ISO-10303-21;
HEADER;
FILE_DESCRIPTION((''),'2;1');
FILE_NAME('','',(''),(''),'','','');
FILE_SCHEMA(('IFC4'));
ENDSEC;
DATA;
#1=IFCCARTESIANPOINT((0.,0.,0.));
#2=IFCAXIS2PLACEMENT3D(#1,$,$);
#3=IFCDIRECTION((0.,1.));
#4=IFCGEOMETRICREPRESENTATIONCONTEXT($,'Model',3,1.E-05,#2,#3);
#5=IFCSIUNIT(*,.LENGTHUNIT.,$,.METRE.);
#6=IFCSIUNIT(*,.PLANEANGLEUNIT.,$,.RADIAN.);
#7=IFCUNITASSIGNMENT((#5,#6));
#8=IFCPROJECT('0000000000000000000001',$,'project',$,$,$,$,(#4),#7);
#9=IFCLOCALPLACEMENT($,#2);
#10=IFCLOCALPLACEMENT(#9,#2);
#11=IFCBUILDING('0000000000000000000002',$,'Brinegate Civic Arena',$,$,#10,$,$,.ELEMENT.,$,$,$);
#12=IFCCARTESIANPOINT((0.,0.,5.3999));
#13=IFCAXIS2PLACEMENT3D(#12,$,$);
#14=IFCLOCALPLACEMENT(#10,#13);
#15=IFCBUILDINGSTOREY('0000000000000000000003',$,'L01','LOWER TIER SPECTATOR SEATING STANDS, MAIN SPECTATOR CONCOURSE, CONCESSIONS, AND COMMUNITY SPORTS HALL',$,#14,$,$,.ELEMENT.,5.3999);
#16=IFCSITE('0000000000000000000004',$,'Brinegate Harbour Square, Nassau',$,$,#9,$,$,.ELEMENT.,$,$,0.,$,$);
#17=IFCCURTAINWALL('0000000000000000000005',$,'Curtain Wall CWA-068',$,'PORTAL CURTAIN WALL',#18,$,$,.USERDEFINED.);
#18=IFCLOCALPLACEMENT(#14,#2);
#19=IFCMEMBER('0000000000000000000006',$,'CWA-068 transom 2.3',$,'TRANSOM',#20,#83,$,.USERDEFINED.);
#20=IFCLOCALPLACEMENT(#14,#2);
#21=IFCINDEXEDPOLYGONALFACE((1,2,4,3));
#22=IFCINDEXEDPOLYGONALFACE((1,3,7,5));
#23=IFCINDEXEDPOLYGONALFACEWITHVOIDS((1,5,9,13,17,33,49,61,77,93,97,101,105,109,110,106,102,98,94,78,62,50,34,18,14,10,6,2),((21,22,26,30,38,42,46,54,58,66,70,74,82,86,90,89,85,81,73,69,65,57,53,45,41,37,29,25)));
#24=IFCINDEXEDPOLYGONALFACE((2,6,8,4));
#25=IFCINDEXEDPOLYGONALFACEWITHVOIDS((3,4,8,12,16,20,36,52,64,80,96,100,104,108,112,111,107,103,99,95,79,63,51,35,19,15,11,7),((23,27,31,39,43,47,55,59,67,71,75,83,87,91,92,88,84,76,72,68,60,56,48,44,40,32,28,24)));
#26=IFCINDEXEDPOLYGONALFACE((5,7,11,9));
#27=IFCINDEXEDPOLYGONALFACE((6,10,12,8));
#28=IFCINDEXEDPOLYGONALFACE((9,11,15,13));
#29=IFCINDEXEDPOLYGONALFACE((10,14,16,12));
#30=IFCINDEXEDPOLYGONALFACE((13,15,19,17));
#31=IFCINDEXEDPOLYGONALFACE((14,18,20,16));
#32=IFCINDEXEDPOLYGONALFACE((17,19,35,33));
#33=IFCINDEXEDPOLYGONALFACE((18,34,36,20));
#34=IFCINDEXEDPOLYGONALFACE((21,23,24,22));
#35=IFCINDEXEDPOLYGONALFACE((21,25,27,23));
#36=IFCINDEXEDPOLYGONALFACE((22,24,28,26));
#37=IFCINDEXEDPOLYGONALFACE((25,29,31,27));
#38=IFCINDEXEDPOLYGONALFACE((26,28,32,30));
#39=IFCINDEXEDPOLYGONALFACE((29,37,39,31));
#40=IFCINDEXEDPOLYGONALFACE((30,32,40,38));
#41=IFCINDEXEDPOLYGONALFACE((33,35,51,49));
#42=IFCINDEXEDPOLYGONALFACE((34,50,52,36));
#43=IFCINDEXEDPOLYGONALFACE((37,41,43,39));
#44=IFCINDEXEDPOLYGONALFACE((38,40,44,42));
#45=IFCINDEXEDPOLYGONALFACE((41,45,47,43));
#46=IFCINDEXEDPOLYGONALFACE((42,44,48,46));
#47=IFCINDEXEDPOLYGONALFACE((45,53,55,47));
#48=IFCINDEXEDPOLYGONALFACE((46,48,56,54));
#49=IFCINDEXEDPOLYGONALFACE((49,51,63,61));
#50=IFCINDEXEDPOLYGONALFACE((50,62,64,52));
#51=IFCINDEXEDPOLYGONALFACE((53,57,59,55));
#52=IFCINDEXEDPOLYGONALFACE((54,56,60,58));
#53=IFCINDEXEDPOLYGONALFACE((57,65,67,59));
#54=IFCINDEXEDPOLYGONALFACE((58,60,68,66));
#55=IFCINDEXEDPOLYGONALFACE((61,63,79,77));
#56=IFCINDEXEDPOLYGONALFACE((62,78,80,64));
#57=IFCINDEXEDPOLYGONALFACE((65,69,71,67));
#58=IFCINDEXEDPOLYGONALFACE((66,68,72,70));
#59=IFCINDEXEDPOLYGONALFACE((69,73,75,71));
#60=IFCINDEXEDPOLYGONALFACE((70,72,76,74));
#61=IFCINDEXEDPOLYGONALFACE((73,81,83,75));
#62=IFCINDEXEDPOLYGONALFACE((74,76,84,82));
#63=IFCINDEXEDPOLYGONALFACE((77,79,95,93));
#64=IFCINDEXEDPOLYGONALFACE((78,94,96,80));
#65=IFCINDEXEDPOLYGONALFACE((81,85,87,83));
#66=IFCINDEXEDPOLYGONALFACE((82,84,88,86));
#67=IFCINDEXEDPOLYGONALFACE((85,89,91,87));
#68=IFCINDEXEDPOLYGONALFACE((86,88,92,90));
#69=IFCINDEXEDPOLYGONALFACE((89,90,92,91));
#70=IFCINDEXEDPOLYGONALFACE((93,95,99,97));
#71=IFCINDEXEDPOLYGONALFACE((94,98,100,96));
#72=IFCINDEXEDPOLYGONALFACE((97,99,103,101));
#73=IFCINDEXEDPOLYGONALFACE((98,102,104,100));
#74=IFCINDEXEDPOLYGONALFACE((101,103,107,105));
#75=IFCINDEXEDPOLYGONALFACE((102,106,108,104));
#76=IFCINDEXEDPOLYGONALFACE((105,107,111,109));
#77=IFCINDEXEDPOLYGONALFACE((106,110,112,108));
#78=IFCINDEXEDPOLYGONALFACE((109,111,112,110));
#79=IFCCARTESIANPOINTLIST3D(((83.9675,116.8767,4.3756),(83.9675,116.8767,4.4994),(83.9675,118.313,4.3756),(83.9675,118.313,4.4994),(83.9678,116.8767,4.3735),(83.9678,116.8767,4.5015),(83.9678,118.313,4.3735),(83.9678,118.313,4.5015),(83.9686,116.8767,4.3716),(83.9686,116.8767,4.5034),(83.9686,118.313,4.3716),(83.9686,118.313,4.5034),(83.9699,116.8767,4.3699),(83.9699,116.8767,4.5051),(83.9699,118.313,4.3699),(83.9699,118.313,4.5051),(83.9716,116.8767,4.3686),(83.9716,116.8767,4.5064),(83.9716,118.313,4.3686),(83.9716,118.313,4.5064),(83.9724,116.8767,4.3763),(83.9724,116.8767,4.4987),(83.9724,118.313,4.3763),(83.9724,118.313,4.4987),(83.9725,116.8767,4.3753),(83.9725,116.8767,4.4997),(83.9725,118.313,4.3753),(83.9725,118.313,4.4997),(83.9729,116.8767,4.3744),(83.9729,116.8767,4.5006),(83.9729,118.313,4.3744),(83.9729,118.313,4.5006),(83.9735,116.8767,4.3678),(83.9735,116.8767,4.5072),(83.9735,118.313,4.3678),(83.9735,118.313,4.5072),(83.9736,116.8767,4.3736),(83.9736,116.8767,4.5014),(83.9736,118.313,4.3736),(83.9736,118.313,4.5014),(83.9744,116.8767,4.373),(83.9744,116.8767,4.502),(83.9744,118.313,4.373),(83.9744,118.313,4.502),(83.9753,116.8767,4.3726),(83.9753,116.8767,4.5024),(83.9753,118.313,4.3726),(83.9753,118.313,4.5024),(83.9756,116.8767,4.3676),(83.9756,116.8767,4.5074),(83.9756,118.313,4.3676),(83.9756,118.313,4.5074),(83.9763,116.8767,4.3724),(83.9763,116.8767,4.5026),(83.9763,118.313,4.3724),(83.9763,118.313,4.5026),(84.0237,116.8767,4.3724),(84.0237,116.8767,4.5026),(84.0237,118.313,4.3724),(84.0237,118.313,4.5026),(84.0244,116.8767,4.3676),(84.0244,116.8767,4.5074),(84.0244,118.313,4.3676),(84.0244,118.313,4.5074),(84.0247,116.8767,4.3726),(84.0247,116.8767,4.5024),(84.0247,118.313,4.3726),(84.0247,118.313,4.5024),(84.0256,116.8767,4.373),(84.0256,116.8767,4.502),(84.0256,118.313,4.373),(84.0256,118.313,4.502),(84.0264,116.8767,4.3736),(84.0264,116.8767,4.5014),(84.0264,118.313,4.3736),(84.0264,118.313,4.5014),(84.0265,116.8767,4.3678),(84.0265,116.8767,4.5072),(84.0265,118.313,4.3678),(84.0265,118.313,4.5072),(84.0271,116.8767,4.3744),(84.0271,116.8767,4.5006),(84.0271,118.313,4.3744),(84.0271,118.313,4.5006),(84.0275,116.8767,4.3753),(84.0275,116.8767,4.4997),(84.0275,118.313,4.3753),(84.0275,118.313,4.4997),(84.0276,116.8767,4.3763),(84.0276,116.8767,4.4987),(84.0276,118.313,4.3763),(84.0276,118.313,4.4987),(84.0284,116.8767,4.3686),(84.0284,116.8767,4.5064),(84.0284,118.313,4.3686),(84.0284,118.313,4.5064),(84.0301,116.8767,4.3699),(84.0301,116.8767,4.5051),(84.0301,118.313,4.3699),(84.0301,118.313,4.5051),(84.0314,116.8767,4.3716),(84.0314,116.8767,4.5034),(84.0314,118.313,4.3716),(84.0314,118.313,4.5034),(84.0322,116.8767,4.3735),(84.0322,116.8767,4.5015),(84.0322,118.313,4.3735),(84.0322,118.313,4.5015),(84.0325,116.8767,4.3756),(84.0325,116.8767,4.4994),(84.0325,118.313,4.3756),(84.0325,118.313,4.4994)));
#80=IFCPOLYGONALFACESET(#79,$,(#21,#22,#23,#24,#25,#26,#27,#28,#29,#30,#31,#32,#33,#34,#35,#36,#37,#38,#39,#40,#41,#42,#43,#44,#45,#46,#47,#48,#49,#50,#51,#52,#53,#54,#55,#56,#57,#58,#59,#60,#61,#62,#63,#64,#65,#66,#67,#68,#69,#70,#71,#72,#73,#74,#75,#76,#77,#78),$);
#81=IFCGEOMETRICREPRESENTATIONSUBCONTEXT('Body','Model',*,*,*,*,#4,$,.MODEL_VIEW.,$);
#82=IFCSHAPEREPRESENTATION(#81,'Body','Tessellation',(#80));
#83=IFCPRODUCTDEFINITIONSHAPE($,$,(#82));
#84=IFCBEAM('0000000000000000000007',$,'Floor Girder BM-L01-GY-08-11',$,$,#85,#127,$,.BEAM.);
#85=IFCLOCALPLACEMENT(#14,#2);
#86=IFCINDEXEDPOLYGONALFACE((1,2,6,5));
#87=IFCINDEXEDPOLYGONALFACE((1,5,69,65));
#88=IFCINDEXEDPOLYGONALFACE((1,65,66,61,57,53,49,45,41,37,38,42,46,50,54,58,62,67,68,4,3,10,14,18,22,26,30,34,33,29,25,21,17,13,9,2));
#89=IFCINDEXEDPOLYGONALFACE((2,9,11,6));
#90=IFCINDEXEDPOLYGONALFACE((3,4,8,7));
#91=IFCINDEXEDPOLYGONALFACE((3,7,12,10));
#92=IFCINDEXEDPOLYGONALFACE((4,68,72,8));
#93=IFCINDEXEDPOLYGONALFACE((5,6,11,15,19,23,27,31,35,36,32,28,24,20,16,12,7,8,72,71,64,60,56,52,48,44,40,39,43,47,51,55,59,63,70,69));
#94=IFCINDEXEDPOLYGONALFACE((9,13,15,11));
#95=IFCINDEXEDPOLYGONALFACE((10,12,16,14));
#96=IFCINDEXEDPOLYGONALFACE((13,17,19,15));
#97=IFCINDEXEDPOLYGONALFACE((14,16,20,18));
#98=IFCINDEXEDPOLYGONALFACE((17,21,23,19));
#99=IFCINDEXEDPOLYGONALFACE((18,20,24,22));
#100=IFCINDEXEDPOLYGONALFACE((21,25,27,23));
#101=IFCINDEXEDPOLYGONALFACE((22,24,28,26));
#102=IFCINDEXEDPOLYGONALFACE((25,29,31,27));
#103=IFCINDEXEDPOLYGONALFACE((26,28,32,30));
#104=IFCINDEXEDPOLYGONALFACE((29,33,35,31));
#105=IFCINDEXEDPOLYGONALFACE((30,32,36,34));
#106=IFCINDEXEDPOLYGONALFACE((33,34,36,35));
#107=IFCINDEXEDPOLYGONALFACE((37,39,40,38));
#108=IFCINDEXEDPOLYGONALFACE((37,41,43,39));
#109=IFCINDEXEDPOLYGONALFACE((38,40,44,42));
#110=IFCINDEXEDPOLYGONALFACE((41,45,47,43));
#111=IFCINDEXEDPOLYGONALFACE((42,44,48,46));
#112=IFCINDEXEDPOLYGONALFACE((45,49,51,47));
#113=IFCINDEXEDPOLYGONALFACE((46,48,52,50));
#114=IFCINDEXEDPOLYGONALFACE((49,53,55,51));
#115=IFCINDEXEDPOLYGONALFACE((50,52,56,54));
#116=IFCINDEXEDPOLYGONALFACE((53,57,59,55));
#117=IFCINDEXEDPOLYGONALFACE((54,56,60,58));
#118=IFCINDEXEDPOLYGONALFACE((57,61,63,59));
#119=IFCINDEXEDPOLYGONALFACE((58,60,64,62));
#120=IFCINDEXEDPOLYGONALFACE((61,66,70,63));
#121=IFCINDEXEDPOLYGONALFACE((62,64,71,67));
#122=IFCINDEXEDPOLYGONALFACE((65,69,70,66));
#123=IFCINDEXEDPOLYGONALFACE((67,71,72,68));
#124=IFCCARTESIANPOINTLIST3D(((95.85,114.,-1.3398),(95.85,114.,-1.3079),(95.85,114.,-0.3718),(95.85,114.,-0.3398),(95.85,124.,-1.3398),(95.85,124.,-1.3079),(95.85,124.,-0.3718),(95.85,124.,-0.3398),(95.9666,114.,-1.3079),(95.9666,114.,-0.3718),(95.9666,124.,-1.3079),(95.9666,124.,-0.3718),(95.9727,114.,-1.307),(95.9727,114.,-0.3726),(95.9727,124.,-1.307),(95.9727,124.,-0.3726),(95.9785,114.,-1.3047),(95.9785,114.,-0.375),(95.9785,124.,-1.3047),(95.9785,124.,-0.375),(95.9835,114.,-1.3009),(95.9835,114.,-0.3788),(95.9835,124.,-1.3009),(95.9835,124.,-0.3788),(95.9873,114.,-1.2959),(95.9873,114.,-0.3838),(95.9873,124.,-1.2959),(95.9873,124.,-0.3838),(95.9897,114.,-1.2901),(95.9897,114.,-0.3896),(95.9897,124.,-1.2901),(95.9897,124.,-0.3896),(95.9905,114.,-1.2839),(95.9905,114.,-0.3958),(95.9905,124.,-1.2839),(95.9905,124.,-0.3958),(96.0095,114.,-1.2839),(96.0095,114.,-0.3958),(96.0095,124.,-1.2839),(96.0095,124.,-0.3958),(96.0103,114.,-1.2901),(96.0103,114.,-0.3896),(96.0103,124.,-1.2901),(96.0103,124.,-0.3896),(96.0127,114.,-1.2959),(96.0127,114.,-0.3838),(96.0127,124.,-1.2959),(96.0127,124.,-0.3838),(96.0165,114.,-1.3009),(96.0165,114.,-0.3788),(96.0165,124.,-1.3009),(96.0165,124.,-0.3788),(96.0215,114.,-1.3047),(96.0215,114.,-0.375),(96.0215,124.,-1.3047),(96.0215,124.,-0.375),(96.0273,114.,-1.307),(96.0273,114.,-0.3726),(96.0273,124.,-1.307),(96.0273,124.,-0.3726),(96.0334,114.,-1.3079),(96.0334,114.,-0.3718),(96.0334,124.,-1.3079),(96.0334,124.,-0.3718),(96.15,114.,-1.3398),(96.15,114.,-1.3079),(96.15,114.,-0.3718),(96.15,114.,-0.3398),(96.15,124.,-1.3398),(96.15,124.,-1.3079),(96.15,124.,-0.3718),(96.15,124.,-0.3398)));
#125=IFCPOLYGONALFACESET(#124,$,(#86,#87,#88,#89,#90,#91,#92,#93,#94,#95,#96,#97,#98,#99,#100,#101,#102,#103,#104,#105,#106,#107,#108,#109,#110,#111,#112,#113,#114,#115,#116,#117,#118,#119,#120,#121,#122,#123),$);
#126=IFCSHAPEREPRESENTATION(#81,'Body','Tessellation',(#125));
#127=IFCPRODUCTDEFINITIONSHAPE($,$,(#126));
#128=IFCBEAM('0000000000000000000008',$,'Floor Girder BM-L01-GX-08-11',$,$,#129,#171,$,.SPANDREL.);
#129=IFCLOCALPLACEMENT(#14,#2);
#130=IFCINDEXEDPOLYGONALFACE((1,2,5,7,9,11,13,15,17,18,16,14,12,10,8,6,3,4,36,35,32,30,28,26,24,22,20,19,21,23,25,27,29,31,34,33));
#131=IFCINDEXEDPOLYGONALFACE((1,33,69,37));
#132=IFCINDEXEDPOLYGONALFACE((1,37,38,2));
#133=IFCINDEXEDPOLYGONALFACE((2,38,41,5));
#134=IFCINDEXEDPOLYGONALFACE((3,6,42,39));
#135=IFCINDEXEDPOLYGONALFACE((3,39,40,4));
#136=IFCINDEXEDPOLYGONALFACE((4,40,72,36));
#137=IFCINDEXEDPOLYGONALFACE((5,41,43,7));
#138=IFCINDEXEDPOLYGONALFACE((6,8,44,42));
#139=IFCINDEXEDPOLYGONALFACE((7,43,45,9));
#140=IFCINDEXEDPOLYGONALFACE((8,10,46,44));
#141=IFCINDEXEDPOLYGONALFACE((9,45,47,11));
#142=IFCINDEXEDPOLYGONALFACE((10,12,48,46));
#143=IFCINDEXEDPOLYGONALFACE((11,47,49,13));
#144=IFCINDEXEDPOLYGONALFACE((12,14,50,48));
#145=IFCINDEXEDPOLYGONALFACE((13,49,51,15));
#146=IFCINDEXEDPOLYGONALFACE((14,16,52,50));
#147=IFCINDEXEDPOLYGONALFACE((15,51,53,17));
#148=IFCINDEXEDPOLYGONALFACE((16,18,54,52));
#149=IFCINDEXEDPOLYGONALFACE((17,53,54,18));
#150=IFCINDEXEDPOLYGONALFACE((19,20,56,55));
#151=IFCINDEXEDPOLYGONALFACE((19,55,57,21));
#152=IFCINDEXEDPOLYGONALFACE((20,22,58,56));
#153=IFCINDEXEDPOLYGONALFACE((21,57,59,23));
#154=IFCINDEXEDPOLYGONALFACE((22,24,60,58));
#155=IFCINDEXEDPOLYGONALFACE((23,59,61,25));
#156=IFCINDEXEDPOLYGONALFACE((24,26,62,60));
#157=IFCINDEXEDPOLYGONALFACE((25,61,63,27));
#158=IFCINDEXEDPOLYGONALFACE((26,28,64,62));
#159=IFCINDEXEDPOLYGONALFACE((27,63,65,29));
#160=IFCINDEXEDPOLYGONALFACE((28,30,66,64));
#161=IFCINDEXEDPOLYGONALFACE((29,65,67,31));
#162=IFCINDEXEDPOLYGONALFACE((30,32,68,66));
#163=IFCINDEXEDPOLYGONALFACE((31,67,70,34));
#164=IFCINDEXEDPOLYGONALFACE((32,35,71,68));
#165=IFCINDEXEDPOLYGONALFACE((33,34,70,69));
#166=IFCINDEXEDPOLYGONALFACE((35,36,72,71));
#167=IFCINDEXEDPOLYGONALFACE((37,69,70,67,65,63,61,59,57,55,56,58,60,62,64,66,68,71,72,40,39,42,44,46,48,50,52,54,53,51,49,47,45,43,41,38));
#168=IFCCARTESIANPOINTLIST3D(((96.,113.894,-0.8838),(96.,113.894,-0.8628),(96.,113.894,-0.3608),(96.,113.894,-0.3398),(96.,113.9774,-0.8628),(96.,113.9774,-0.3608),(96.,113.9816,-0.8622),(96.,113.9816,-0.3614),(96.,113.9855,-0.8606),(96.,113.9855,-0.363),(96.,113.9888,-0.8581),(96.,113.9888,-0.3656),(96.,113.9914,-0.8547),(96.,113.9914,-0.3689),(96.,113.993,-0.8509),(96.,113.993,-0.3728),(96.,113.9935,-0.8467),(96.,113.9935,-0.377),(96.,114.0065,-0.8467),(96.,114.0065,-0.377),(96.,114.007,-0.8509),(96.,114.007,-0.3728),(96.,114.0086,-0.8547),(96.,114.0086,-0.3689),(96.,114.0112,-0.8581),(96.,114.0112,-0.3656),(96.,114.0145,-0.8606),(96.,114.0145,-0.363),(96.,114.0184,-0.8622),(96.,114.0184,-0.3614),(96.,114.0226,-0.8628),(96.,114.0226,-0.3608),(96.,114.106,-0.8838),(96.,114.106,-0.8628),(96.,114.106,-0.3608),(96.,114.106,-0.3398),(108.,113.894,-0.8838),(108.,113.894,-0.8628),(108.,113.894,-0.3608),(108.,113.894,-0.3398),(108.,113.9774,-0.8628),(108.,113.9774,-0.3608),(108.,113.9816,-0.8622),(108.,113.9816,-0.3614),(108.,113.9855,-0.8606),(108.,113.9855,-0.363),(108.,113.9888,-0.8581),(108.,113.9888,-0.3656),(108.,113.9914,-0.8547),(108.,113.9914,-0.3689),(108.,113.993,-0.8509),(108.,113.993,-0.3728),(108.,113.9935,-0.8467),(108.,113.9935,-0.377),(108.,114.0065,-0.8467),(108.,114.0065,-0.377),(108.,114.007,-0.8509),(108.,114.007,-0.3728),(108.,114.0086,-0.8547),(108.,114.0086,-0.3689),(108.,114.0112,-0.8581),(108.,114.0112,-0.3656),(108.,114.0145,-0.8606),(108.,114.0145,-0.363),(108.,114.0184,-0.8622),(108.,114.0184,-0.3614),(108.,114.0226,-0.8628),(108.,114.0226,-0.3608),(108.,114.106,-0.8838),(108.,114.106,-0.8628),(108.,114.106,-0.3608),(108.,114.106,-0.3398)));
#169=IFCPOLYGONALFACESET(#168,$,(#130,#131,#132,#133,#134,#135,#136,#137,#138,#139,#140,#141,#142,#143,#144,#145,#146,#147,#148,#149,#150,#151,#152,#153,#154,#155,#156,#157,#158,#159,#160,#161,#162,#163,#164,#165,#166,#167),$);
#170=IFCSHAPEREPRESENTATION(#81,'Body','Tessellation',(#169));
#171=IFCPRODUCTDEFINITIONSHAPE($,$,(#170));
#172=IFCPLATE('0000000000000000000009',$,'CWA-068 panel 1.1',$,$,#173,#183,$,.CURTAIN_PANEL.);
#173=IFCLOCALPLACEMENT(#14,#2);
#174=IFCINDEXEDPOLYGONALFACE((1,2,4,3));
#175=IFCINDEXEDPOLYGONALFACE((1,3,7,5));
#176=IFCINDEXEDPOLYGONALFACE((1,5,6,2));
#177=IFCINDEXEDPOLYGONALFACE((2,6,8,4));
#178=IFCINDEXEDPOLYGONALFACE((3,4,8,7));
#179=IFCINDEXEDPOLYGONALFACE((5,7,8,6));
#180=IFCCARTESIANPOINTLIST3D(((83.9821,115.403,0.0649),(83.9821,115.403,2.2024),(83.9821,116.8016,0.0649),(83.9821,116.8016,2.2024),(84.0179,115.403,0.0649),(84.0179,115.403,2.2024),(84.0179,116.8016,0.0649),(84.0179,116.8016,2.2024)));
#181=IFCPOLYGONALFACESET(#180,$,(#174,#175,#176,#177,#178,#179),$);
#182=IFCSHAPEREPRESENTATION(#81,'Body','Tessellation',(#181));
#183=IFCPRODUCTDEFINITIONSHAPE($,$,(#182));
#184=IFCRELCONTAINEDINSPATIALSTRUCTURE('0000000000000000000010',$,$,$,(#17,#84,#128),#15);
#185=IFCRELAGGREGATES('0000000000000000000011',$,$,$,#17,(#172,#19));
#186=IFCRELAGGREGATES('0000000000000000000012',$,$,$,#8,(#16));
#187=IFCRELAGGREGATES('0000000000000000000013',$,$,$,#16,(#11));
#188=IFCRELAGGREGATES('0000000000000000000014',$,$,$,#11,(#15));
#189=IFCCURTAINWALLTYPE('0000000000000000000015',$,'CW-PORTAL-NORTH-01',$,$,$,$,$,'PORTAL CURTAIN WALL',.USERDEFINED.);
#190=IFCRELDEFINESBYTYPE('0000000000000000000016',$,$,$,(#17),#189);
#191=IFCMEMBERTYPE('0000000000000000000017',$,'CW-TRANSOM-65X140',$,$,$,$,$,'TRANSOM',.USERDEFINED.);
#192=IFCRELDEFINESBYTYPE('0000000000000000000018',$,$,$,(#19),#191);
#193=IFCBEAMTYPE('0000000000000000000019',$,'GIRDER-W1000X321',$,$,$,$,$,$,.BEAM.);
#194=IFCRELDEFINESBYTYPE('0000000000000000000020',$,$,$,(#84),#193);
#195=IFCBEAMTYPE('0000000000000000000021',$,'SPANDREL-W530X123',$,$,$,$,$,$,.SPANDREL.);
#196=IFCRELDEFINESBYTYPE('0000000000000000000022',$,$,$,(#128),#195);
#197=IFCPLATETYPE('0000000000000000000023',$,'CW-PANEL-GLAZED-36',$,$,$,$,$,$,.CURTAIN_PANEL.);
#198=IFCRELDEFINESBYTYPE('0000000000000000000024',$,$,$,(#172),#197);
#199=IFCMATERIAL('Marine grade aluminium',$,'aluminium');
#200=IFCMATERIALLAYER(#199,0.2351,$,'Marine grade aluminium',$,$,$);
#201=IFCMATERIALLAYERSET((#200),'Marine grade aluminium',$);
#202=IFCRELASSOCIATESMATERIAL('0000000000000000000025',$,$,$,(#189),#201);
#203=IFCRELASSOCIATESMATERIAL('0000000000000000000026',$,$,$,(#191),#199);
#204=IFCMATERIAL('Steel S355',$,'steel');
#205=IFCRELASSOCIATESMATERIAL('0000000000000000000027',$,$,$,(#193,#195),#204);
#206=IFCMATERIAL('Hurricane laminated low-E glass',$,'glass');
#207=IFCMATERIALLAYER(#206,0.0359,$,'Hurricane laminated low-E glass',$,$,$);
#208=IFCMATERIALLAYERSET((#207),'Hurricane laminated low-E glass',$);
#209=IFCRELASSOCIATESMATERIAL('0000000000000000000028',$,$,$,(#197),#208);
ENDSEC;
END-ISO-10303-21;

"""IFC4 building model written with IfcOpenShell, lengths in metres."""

from ifc_helpers import new_model, si_unit, direction, frame, origin, origin_2d, place, context, subcontext, project, spatial, rectangle, hollow_rectangle, i_section, extrude, material, layer, layer_set, material_profile, profile_set, type_object, element, aggregate, save


model = new_model("IFC4")

# Units and contexts
model_context = context("Model", 3, precision=1e-05, world=origin(), true_north=direction((0.0, 1.0)))
body_context = subcontext(model_context, "Body", "Model", "MODEL_VIEW")
ifc_project = project(units=[si_unit("LENGTHUNIT", "METRE"), si_unit("PLANEANGLEUNIT", "RADIAN")], contexts=[model_context])

# Site, building, storey
site_placement = place(None, origin())
site = spatial("IfcSite", under=ifc_project, at=site_placement, Name="Brinegate Harbour Square, Nassau", CompositionType="ELEMENT", RefElevation=0.0)
building_placement = place(site_placement, origin())
building = spatial("IfcBuilding", under=site, at=building_placement, Name="Brinegate Civic Arena", CompositionType="ELEMENT")
storey_placement = place(building_placement, frame((0.0, 0.0, 5.3999)))
storey = spatial("IfcBuildingStorey", under=building, at=storey_placement, Name="L01", Description="LOWER TIER SPECTATOR SEATING STANDS, MAIN SPECTATOR CONCOURSE, CONCESSIONS, AND COMMUNITY SPORTS HALL", CompositionType="ELEMENT", Elevation=5.3999)

# Curtain wall, member
ifc_material_1 = material(Name="Marine grade aluminium", Category="aluminium")
ifc_layer_1 = layer(ifc_material_1, 0.2351, Name="Marine grade aluminium")
ifc_layer_set_1 = layer_set([ifc_layer_1], Name="Marine grade aluminium")
curtain_wall_type = type_object("IfcCurtainWallType", Name="CW-PORTAL-NORTH-01", ElementType="PORTAL CURTAIN WALL", PredefinedType="USERDEFINED", material=ifc_layer_set_1)
curtain_wall_placement = place(storey_placement, origin())
curtain_wall = element("IfcCurtainWall", 1, at=curtain_wall_placement, inside=storey, type_object=curtain_wall_type, Name="Curtain Wall CWA-068", ObjectType="PORTAL CURTAIN WALL", PredefinedType="USERDEFINED")
ifc_material_profile_1 = material_profile(ifc_material_1, hollow_rectangle(XDim=0.0649, YDim=0.1399, WallThickness=0.0049, InnerFilletRadius=0.0039, OuterFilletRadius=0.0081, at=origin_2d()), Name="TRN65X140")
ifc_profile_set_1 = profile_set([ifc_material_profile_1], Name="Marine grade aluminium")
member_type_1 = type_object("IfcMemberType", Name="CW-TRANSOM-65X140", ElementType="TRANSOM", PredefinedType="USERDEFINED", material=ifc_profile_set_1)
member_1_placement = place(storey_placement, frame((84.0, 116.8767, 4.4375), z_axis=(0.0, 1.0, 0.0), x_axis=(-1.0, 0.0, 0.0)))
member_1 = element("IfcMember", 2, at=member_1_placement, type_object=member_type_1, Name="CWA-068 transom 2.3", ObjectType="TRANSOM", PredefinedType="USERDEFINED", context=body_context, shape_type="SweptSolid", body=[
    extrude(hollow_rectangle(XDim=0.0649, YDim=0.1399, WallThickness=0.0049, InnerFilletRadius=0.0039, OuterFilletRadius=0.0081, at=origin_2d()), origin(), (0.0, 0.0, 1.0), 1.4363),
])

# Beams
ifc_material_2 = material(Name="Steel S355", Category="steel")
ifc_material_profile_2 = material_profile(ifc_material_2, i_section(OverallWidth=0.3, OverallDepth=1.0, WebThickness=0.019, FlangeThickness=0.032, FilletRadius=0.0239, at=origin_2d()), Name="W1000X321")
ifc_profile_set_2 = profile_set([ifc_material_profile_2], Name="Steel S355")
beam_type_1 = type_object("IfcBeamType", Name="GIRDER-W1000X321", PredefinedType="BEAM", material=ifc_profile_set_2)
beam_1_placement = place(storey_placement, frame((96.0, 114.0, -0.8398), z_axis=(0.0, 1.0, 0.0), x_axis=(-1.0, 0.0, 0.0)))
element("IfcBeam", 3, at=beam_1_placement, inside=storey, type_object=beam_type_1, Name="Floor Girder BM-L01-GY-08-11", PredefinedType="BEAM", context=body_context, shape_type="SweptSolid", body=[
    extrude(i_section(OverallWidth=0.3, OverallDepth=1.0, WebThickness=0.019, FlangeThickness=0.032, FilletRadius=0.0239, at=origin_2d()), origin(), (0.0, 0.0, 1.0), 10.0),
])
ifc_material_profile_3 = material_profile(ifc_material_2, i_section(OverallWidth=0.2119, OverallDepth=0.5439, WebThickness=0.0129, FlangeThickness=0.021, FilletRadius=0.0161, at=origin_2d()), Name="W530X123")
ifc_profile_set_3 = profile_set([ifc_material_profile_3], Name="Steel S355")
beam_type_2 = type_object("IfcBeamType", Name="SPANDREL-W530X123", PredefinedType="SPANDREL", material=ifc_profile_set_3)
beam_2_placement = place(storey_placement, frame((96.0, 114.0, -0.6118), z_axis=(1.0, 0.0, 0.0), x_axis=(0.0, 1.0, 0.0)))
element("IfcBeam", 4, at=beam_2_placement, inside=storey, type_object=beam_type_2, Name="Floor Girder BM-L01-GX-08-11", PredefinedType="SPANDREL", context=body_context, shape_type="SweptSolid", body=[
    extrude(i_section(OverallWidth=0.2119, OverallDepth=0.5439, WebThickness=0.0129, FlangeThickness=0.021, FilletRadius=0.0161, at=origin_2d()), origin(), (0.0, 0.0, 1.0), 12.0),
])

# Plate
ifc_material_3 = material(Name="Hurricane laminated low-E glass", Category="glass")
ifc_layer_2 = layer(ifc_material_3, 0.0359, Name="Hurricane laminated low-E glass")
ifc_layer_set_2 = layer_set([ifc_layer_2], Name="Hurricane laminated low-E glass")
plate_type = type_object("IfcPlateType", Name="CW-PANEL-GLAZED-36", PredefinedType="CURTAIN_PANEL", material=ifc_layer_set_2)
plate_1_placement = place(storey_placement, frame((84.0, 116.1023, 0.0649), z_axis=(0.0, 0.0, 1.0), x_axis=(0.0, 1.0, 0.0)))
plate_1 = element("IfcPlate", 5, at=plate_1_placement, type_object=plate_type, Name="CWA-068 panel 1.1", PredefinedType="CURTAIN_PANEL", context=body_context, shape_type="SweptSolid", body=[
    extrude(rectangle(XDim=1.3987, YDim=0.0359, at=origin_2d()), origin(), (0.0, 0.0, 1.0), 2.1375),
])
aggregate(curtain_wall, [plate_1, member_1])

save(model, "model.ifc")
